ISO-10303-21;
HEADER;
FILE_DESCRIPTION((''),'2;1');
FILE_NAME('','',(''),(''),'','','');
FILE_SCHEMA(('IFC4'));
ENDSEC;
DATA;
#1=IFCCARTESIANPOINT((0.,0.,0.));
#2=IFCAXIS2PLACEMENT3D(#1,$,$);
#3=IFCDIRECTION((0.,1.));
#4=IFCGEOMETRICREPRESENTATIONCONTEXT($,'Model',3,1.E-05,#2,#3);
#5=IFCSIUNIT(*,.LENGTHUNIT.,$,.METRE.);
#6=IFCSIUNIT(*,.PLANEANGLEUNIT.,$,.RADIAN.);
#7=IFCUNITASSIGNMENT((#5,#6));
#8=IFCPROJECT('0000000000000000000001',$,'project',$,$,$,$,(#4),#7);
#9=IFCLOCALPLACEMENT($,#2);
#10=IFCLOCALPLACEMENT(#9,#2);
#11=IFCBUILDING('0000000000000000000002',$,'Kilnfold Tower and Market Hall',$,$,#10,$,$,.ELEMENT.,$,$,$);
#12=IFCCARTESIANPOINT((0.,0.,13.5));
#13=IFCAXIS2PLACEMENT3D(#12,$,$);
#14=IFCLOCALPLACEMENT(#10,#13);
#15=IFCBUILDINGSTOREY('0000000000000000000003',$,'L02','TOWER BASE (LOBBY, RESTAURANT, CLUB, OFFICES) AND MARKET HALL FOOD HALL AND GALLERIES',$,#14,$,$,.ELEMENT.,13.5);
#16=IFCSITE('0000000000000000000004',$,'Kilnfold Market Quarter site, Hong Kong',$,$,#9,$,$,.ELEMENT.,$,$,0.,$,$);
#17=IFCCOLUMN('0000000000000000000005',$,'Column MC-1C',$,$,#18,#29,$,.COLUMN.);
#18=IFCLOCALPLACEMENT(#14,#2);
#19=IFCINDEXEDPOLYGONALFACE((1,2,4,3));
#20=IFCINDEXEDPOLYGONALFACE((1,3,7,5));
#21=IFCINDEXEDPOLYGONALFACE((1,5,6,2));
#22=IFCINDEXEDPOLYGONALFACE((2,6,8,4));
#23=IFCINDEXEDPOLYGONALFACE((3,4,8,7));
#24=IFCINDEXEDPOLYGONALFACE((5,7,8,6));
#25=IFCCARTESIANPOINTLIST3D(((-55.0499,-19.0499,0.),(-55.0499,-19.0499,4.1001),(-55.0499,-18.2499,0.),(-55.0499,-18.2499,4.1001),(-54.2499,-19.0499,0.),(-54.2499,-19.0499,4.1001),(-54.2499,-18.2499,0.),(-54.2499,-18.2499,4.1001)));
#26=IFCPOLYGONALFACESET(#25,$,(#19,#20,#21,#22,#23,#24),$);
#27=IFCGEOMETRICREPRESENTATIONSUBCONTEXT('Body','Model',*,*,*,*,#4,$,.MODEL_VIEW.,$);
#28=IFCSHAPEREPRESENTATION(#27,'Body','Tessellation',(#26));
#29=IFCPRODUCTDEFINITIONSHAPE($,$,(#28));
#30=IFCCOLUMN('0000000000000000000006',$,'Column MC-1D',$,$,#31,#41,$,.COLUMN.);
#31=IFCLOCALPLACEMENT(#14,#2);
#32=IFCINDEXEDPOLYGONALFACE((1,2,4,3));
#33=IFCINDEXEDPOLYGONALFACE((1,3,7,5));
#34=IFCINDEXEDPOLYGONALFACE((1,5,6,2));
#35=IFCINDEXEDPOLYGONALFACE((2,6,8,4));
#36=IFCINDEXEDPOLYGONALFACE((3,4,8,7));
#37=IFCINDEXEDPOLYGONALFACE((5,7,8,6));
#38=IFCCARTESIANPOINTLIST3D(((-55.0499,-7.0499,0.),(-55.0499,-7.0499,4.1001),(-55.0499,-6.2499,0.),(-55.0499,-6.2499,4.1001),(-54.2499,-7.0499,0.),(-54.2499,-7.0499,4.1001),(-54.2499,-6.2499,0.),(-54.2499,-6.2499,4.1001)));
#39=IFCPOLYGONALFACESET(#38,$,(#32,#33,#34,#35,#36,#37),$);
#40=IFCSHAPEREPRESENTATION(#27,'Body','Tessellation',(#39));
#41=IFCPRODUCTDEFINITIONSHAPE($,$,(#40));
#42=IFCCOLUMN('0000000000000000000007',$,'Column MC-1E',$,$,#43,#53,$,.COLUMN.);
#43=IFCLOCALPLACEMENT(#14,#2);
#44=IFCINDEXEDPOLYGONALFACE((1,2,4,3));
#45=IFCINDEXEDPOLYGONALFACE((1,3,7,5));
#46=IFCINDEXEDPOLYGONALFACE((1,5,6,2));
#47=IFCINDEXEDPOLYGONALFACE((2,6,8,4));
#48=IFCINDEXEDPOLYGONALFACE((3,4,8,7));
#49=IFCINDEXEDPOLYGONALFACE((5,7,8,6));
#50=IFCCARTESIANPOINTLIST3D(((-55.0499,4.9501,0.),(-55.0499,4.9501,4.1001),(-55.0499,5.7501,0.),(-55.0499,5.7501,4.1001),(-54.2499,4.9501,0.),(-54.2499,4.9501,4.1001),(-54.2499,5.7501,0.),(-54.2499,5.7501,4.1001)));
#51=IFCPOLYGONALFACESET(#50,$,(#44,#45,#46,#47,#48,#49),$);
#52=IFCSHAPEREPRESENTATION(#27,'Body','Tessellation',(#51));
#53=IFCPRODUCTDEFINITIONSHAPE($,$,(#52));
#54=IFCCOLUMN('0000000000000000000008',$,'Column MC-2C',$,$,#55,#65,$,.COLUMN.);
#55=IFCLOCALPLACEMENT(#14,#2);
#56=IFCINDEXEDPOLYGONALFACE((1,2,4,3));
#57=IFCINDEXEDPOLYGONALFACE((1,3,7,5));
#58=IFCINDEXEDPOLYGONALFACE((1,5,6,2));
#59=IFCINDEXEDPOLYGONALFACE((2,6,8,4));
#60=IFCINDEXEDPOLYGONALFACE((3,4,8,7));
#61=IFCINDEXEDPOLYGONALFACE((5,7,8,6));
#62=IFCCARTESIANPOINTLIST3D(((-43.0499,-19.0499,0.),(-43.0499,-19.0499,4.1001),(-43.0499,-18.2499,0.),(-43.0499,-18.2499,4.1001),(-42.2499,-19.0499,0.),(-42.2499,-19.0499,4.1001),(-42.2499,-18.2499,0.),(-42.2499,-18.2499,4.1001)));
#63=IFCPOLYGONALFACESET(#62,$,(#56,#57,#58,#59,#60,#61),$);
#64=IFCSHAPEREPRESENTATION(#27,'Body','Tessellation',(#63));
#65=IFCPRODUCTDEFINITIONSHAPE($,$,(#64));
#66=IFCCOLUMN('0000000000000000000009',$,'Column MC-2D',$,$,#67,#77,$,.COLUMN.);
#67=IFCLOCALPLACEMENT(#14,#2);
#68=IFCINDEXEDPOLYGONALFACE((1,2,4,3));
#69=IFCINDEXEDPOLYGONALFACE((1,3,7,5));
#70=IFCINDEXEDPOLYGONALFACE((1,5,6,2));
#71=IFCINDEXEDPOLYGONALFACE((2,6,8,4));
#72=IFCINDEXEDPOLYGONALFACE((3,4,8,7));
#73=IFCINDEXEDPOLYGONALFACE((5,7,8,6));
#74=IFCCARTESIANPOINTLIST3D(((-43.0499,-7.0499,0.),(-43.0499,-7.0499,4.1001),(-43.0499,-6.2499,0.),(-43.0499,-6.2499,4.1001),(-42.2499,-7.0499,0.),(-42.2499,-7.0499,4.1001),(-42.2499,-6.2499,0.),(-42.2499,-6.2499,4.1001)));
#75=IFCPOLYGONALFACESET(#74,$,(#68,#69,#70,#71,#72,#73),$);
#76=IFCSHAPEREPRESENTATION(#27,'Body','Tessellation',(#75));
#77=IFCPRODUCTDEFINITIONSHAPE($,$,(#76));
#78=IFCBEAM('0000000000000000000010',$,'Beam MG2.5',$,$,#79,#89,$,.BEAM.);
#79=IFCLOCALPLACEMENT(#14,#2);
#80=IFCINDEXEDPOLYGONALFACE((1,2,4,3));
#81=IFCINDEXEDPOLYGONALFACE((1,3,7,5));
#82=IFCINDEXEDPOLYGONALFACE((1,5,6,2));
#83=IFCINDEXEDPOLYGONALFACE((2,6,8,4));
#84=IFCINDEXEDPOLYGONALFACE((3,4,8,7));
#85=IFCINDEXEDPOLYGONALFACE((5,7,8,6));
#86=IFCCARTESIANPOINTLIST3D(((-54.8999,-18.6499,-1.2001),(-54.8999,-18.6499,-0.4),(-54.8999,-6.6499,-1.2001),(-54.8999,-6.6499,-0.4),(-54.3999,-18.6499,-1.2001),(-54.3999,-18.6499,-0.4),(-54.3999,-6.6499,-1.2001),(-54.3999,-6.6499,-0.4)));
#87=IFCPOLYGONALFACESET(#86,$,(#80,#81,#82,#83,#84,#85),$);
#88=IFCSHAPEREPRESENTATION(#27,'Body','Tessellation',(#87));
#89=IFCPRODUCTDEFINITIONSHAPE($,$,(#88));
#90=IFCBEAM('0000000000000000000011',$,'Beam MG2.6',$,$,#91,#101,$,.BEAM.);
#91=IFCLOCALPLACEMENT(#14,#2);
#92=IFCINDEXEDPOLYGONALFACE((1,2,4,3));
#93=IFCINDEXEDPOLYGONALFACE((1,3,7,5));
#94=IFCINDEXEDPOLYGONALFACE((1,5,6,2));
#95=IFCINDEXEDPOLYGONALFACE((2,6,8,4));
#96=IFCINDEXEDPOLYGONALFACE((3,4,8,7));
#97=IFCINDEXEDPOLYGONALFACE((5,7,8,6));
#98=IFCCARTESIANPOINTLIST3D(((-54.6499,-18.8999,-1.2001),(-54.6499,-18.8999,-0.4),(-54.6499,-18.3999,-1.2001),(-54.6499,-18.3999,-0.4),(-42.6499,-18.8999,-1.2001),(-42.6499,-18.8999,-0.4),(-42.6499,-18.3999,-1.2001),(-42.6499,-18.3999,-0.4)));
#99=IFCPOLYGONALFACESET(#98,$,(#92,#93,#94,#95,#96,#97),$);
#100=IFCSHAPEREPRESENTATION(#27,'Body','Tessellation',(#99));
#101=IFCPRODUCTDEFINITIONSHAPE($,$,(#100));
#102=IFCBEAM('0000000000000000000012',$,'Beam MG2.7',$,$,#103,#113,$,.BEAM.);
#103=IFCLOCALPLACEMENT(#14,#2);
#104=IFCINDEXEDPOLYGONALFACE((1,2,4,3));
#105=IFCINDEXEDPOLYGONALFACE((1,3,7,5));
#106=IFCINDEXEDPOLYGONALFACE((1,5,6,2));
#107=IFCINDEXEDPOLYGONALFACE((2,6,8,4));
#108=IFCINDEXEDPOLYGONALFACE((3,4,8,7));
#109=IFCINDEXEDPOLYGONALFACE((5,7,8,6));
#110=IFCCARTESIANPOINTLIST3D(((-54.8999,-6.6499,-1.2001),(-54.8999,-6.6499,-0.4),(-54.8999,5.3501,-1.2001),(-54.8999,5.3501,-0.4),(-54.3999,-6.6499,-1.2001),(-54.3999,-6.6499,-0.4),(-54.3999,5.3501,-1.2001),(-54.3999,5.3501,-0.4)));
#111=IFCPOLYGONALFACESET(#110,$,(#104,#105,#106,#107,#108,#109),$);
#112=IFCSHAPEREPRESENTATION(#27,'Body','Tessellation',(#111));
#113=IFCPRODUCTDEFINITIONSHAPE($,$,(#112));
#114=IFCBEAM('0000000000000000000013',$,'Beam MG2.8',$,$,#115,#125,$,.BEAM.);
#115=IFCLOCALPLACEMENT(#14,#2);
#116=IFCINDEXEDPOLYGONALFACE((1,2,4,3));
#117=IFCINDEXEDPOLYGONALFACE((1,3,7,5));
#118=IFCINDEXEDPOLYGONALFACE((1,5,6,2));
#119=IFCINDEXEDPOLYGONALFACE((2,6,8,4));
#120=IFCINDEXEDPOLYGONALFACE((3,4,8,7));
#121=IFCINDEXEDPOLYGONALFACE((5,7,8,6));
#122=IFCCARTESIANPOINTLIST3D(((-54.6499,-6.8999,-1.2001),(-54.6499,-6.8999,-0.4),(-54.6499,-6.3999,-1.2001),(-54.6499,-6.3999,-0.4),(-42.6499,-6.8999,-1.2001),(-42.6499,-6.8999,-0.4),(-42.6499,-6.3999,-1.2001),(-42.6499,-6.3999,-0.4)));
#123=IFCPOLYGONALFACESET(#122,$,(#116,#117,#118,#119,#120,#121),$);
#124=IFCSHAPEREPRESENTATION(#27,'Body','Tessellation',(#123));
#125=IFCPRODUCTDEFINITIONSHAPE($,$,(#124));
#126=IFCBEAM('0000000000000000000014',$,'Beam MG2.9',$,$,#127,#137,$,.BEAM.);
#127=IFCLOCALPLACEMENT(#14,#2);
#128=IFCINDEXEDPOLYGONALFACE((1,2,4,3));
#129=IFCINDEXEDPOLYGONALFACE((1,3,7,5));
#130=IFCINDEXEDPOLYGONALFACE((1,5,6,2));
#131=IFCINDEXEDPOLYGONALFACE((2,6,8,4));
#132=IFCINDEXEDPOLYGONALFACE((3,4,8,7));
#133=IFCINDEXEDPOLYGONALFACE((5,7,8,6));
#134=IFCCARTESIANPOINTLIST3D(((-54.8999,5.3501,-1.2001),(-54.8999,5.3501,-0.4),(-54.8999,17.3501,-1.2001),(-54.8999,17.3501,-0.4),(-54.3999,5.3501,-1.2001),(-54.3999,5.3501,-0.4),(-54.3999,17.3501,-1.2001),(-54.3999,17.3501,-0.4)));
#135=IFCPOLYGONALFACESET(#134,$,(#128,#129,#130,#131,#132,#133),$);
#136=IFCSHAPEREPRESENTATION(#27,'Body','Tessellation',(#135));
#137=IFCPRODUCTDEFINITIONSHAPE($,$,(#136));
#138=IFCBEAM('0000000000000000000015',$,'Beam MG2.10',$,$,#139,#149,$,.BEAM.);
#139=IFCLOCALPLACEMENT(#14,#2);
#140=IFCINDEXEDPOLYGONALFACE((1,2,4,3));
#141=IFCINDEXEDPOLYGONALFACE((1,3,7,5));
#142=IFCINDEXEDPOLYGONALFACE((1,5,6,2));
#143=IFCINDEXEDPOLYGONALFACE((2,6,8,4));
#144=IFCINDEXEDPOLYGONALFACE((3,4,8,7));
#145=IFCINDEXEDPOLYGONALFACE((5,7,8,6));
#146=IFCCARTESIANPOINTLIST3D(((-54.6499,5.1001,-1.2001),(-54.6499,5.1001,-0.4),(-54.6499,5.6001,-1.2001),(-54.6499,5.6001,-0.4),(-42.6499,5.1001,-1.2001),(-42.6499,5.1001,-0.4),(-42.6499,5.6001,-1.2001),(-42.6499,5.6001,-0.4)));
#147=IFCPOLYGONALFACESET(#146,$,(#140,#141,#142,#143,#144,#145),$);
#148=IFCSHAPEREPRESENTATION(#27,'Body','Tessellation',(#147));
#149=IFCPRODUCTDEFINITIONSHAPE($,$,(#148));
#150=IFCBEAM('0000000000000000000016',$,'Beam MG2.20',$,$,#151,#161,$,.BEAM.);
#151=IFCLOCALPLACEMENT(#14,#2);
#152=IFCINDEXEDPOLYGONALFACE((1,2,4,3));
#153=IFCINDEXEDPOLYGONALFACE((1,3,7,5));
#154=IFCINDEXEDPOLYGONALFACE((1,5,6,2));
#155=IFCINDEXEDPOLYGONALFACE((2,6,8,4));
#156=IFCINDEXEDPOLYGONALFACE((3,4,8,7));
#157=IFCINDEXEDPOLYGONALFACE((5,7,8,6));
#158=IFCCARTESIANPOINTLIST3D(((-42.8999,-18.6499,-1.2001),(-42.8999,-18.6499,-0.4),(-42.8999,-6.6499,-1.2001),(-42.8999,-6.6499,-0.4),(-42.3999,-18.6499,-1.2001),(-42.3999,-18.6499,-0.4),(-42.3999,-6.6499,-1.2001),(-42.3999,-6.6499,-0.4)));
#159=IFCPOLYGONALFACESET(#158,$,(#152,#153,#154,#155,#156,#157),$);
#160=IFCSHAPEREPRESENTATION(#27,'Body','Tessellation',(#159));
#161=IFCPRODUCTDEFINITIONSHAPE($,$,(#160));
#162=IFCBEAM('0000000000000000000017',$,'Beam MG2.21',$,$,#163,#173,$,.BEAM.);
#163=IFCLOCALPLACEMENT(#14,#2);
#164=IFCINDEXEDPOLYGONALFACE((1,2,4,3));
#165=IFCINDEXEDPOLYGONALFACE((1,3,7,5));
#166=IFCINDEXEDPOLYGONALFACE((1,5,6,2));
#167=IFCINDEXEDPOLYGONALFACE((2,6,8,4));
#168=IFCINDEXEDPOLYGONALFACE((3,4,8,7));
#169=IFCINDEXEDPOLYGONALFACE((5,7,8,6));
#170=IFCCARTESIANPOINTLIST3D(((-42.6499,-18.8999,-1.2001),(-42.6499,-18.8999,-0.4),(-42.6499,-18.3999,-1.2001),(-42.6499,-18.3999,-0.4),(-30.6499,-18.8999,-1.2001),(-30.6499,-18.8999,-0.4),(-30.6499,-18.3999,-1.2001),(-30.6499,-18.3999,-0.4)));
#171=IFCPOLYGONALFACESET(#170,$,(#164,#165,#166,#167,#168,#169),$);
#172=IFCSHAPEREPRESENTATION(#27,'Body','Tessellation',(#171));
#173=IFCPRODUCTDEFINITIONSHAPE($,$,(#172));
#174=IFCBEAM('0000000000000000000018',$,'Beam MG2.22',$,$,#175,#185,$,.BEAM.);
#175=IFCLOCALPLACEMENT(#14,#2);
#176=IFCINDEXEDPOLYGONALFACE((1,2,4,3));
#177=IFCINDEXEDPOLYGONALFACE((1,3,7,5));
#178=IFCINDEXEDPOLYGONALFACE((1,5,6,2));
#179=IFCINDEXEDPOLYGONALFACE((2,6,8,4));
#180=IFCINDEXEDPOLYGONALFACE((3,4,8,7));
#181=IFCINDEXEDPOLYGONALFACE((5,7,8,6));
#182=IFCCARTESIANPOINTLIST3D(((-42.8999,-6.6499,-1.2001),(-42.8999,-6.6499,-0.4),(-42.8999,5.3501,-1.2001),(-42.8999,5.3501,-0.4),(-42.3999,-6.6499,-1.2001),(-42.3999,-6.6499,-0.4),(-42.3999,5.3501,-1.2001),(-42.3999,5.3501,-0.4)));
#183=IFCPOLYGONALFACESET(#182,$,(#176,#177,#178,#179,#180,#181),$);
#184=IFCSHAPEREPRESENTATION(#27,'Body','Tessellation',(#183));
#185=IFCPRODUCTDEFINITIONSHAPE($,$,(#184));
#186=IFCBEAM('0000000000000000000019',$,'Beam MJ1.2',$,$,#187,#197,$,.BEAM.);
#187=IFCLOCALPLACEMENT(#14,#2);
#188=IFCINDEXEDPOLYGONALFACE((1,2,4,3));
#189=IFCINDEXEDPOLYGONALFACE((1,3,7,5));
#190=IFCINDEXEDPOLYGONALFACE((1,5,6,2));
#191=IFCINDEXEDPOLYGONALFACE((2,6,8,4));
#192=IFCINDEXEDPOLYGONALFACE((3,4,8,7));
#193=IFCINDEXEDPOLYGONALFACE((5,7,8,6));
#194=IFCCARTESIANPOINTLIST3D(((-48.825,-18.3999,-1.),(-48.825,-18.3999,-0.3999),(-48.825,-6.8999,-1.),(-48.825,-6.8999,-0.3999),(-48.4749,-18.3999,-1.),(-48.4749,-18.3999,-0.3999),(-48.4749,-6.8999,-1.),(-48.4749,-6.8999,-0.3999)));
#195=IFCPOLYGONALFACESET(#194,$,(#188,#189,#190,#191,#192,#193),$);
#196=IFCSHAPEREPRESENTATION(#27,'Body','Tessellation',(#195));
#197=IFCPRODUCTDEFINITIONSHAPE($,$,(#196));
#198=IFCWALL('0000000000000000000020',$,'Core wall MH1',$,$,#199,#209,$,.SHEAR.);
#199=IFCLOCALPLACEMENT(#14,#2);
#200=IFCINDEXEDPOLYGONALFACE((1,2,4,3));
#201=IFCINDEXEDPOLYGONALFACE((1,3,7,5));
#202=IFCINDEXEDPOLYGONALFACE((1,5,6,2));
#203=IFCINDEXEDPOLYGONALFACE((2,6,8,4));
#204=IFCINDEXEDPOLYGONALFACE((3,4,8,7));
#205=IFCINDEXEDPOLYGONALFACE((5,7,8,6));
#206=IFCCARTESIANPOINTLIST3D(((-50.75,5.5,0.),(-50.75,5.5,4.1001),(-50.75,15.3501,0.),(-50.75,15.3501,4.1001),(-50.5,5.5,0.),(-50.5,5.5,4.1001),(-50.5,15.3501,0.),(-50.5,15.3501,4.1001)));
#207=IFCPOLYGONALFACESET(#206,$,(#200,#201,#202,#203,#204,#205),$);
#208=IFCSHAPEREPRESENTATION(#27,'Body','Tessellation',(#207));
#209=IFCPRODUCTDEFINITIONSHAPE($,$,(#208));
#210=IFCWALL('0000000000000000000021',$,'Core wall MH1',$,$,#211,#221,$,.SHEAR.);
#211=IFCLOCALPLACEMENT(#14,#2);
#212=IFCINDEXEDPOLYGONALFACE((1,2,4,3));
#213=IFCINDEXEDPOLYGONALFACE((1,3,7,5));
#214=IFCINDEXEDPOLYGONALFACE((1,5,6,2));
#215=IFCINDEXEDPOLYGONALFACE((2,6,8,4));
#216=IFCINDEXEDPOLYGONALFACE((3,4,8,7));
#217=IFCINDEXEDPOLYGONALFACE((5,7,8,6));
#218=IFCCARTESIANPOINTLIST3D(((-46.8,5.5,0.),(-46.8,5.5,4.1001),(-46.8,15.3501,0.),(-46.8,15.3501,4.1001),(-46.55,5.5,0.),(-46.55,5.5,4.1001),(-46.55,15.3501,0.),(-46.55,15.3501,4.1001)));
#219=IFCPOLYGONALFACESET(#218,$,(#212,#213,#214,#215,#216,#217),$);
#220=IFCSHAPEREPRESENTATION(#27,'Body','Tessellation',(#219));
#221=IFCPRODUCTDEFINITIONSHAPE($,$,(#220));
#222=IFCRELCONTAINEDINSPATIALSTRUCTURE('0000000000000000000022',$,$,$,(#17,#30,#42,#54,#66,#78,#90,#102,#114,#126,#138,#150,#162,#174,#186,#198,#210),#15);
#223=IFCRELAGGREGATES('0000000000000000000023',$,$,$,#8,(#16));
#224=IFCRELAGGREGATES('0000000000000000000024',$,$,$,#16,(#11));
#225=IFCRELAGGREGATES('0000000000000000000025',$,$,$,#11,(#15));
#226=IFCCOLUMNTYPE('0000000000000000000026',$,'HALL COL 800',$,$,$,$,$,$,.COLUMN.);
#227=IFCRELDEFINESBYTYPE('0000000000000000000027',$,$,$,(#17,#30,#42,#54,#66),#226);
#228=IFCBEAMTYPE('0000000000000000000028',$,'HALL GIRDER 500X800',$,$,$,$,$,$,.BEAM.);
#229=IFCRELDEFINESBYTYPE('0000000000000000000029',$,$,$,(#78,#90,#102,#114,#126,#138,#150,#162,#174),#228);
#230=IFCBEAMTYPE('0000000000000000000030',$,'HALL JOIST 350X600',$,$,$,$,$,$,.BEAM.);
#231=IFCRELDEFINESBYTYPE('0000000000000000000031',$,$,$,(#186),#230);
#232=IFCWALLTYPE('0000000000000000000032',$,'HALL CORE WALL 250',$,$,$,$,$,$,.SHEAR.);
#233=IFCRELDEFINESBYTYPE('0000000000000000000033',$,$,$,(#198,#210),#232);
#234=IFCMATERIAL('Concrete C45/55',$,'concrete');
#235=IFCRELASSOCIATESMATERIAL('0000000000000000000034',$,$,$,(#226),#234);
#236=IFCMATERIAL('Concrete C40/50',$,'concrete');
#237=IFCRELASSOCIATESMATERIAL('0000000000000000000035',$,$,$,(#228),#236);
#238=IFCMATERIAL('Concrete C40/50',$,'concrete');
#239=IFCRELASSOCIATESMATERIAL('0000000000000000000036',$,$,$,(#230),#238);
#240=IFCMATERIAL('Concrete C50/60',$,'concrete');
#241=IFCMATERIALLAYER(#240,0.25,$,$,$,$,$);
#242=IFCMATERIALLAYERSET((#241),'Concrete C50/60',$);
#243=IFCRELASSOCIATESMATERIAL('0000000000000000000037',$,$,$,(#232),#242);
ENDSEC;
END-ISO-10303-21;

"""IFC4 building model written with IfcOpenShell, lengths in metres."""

from ifc_helpers import new_model, si_unit, direction, frame, frame_2d, origin, origin_2d, place, context, subcontext, project, spatial, rectangle, extrude, source, transform, mapped, material, layer, layer_set, material_profile, profile_set, type_object, element, save


model = new_model("IFC4")

# Units and contexts
model_context = context("Model", 3, precision=1e-05, world=origin(), true_north=direction((0.0, 1.0)))
body_context = subcontext(model_context, "Body", "Model", "MODEL_VIEW")
ifc_project = project(units=[si_unit("LENGTHUNIT", "METRE"), si_unit("PLANEANGLEUNIT", "RADIAN")], contexts=[model_context])

# Site, building, storey
site_placement = place(None, origin())
site = spatial("IfcSite", under=ifc_project, at=site_placement, Name="Kilnfold Market Quarter site, Hong Kong", CompositionType="ELEMENT", RefElevation=0.0)
building_placement = place(site_placement, origin())
building = spatial("IfcBuilding", under=site, at=building_placement, Name="Kilnfold Tower and Market Hall", CompositionType="ELEMENT")
storey_placement = place(building_placement, frame((0.0, 0.0, 13.5)))
storey = spatial("IfcBuildingStorey", under=building, at=storey_placement, Name="L02", Description="TOWER BASE (LOBBY, RESTAURANT, CLUB, OFFICES) AND MARKET HALL FOOD HALL AND GALLERIES", CompositionType="ELEMENT", Elevation=13.5)

# Columns
ifc_material_1 = material(Name="Concrete C45/55", Category="concrete")
ifc_material_profile_1 = material_profile(ifc_material_1, rectangle(XDim=0.8, YDim=0.8, at=origin_2d()), Name="RC 800x800")
ifc_profile_set_1 = profile_set([ifc_material_profile_1], Name="Concrete C45/55")
column_type = type_object("IfcColumnType", Name="HALL COL 800", PredefinedType="COLUMN", material=ifc_profile_set_1)
shared_shape_1 = source(origin(), body_context, "Body", "SweptSolid", [
    extrude(rectangle(XDim=0.8, YDim=0.8, at=origin_2d()), origin(), (0.0, 0.0, 1.0), 4.1001),
])
for number, where, z_axis, x_axis, name in (
    (1, (-54.6499, -18.6499, 0.0), (0.0, 0.0, 1.0), (1.0, 0.0, 0.0), "Column MC-1C"),
    (2, (-54.6499, -6.6499, 0.0), (0.0, 0.0, 1.0), (1.0, 0.0, 0.0), "Column MC-1D"),
    (3, (-54.6499, 5.3501, 0.0), (0.0, 0.0, 1.0), (1.0, 0.0, 0.0), "Column MC-1E"),
    (4, (-42.6499, -18.6499, 0.0), (0.0, 0.0, 1.0), (1.0, 0.0, 0.0), "Column MC-2C"),
    (5, (-42.6499, -6.6499, 0.0), (0.0, 0.0, 1.0), (1.0, 0.0, 0.0), "Column MC-2D"),
):
    element("IfcColumn", number, at=place(storey_placement, frame(where, z_axis=z_axis, x_axis=x_axis)), inside=storey, type_object=column_type, Name=name, PredefinedType="COLUMN", context=body_context, shape_type="MappedRepresentation", body=[
        mapped(shared_shape_1, transform((0.0, 0.0, 0.0))),
    ])

# Beams
ifc_material_2 = material(Name="Concrete C40/50", Category="concrete")
ifc_material_profile_2 = material_profile(ifc_material_2, rectangle(XDim=0.5, YDim=0.8, at=origin_2d()), Name="RC 500x800")
ifc_profile_set_2 = profile_set([ifc_material_profile_2], Name="Concrete C40/50")
beam_type_1 = type_object("IfcBeamType", Name="HALL GIRDER 500X800", PredefinedType="BEAM", material=ifc_profile_set_2)
for number, where, z_axis, x_axis, name in (
    (6, (-54.6499, -18.6499, -0.8), (0.0, 1.0, 0.0), (-1.0, 0.0, 0.0), "Beam MG2.5"),
    (7, (-54.6499, -18.6499, -0.8), (1.0, 0.0, 0.0), (0.0, 1.0, 0.0), "Beam MG2.6"),
    (8, (-54.6499, -6.6499, -0.8), (0.0, 1.0, 0.0), (-1.0, 0.0, 0.0), "Beam MG2.7"),
    (9, (-54.6499, -6.6499, -0.8), (1.0, 0.0, 0.0), (0.0, 1.0, 0.0), "Beam MG2.8"),
    (10, (-54.6499, 5.3501, -0.8), (0.0, 1.0, 0.0), (-1.0, 0.0, 0.0), "Beam MG2.9"),
    (11, (-54.6499, 5.3501, -0.8), (1.0, 0.0, 0.0), (0.0, 1.0, 0.0), "Beam MG2.10"),
    (12, (-42.6499, -18.6499, -0.8), (0.0, 1.0, 0.0), (-1.0, 0.0, 0.0), "Beam MG2.20"),
    (13, (-42.6499, -18.6499, -0.8), (1.0, 0.0, 0.0), (0.0, 1.0, 0.0), "Beam MG2.21"),
    (14, (-42.6499, -6.6499, -0.8), (0.0, 1.0, 0.0), (-1.0, 0.0, 0.0), "Beam MG2.22"),
):
    element("IfcBeam", number, at=place(storey_placement, frame(where, z_axis=z_axis, x_axis=x_axis)), inside=storey, type_object=beam_type_1, Name=name, PredefinedType="BEAM", context=body_context, shape_type="SweptSolid", body=[
        extrude(rectangle(XDim=0.5, YDim=0.8, at=origin_2d()), origin(), (0.0, 0.0, 1.0), 12.0),
    ])
ifc_material_3 = material(Name="Concrete C40/50", Category="concrete")
ifc_material_profile_3 = material_profile(ifc_material_3, rectangle(XDim=0.3501, YDim=0.6001, at=origin_2d()), Name="RC 350x600")
ifc_profile_set_3 = profile_set([ifc_material_profile_3], Name="Concrete C40/50")
beam_type_2 = type_object("IfcBeamType", Name="HALL JOIST 350X600", PredefinedType="BEAM", material=ifc_profile_set_3)
beam_placement = place(storey_placement, frame((-48.6499, -18.3999, -0.7), z_axis=(0.0, 1.0, 0.0), x_axis=(-1.0, 0.0, 0.0)))
element("IfcBeam", 15, at=beam_placement, inside=storey, type_object=beam_type_2, Name="Beam MJ1.2", PredefinedType="BEAM", context=body_context, shape_type="SweptSolid", body=[
    extrude(rectangle(XDim=0.3501, YDim=0.6001, at=origin_2d()), origin(), (0.0, 0.0, 1.0), 11.5),
])

# Walls
ifc_material_4 = material(Name="Concrete C50/60", Category="concrete")
ifc_layer_1 = layer(ifc_material_4, 0.25)
ifc_layer_set_1 = layer_set([ifc_layer_1], Name="Concrete C50/60")
wall_type_1 = type_object("IfcWallType", Name="HALL CORE WALL 250", PredefinedType="SHEAR", material=ifc_layer_set_1)
shared_shape_2 = source(origin(), body_context, "Body", "SweptSolid", [
    extrude(rectangle(XDim=9.8501, YDim=0.25, at=frame_2d((4.925, 0.0))), origin(), (0.0, 0.0, 1.0), 4.1001),
])
for number, where, z_axis, x_axis, name in (
    (16, (-50.625, 5.5, 0.0), (0.0, 0.0, 1.0), (0.0, 1.0, 0.0), "Core wall MH1"),
    (17, (-46.675, 5.5, 0.0), (0.0, 0.0, 1.0), (0.0, 1.0, 0.0), "Core wall MH1"),
):
    element("IfcWall", number, at=place(storey_placement, frame(where, z_axis=z_axis, x_axis=x_axis)), inside=storey, type_object=wall_type_1, Name=name, PredefinedType="SHEAR", context=body_context, shape_type="MappedRepresentation", body=[
        mapped(shared_shape_2, transform((0.0, 0.0, 0.0))),
    ])

save(model, "model.ifc")
